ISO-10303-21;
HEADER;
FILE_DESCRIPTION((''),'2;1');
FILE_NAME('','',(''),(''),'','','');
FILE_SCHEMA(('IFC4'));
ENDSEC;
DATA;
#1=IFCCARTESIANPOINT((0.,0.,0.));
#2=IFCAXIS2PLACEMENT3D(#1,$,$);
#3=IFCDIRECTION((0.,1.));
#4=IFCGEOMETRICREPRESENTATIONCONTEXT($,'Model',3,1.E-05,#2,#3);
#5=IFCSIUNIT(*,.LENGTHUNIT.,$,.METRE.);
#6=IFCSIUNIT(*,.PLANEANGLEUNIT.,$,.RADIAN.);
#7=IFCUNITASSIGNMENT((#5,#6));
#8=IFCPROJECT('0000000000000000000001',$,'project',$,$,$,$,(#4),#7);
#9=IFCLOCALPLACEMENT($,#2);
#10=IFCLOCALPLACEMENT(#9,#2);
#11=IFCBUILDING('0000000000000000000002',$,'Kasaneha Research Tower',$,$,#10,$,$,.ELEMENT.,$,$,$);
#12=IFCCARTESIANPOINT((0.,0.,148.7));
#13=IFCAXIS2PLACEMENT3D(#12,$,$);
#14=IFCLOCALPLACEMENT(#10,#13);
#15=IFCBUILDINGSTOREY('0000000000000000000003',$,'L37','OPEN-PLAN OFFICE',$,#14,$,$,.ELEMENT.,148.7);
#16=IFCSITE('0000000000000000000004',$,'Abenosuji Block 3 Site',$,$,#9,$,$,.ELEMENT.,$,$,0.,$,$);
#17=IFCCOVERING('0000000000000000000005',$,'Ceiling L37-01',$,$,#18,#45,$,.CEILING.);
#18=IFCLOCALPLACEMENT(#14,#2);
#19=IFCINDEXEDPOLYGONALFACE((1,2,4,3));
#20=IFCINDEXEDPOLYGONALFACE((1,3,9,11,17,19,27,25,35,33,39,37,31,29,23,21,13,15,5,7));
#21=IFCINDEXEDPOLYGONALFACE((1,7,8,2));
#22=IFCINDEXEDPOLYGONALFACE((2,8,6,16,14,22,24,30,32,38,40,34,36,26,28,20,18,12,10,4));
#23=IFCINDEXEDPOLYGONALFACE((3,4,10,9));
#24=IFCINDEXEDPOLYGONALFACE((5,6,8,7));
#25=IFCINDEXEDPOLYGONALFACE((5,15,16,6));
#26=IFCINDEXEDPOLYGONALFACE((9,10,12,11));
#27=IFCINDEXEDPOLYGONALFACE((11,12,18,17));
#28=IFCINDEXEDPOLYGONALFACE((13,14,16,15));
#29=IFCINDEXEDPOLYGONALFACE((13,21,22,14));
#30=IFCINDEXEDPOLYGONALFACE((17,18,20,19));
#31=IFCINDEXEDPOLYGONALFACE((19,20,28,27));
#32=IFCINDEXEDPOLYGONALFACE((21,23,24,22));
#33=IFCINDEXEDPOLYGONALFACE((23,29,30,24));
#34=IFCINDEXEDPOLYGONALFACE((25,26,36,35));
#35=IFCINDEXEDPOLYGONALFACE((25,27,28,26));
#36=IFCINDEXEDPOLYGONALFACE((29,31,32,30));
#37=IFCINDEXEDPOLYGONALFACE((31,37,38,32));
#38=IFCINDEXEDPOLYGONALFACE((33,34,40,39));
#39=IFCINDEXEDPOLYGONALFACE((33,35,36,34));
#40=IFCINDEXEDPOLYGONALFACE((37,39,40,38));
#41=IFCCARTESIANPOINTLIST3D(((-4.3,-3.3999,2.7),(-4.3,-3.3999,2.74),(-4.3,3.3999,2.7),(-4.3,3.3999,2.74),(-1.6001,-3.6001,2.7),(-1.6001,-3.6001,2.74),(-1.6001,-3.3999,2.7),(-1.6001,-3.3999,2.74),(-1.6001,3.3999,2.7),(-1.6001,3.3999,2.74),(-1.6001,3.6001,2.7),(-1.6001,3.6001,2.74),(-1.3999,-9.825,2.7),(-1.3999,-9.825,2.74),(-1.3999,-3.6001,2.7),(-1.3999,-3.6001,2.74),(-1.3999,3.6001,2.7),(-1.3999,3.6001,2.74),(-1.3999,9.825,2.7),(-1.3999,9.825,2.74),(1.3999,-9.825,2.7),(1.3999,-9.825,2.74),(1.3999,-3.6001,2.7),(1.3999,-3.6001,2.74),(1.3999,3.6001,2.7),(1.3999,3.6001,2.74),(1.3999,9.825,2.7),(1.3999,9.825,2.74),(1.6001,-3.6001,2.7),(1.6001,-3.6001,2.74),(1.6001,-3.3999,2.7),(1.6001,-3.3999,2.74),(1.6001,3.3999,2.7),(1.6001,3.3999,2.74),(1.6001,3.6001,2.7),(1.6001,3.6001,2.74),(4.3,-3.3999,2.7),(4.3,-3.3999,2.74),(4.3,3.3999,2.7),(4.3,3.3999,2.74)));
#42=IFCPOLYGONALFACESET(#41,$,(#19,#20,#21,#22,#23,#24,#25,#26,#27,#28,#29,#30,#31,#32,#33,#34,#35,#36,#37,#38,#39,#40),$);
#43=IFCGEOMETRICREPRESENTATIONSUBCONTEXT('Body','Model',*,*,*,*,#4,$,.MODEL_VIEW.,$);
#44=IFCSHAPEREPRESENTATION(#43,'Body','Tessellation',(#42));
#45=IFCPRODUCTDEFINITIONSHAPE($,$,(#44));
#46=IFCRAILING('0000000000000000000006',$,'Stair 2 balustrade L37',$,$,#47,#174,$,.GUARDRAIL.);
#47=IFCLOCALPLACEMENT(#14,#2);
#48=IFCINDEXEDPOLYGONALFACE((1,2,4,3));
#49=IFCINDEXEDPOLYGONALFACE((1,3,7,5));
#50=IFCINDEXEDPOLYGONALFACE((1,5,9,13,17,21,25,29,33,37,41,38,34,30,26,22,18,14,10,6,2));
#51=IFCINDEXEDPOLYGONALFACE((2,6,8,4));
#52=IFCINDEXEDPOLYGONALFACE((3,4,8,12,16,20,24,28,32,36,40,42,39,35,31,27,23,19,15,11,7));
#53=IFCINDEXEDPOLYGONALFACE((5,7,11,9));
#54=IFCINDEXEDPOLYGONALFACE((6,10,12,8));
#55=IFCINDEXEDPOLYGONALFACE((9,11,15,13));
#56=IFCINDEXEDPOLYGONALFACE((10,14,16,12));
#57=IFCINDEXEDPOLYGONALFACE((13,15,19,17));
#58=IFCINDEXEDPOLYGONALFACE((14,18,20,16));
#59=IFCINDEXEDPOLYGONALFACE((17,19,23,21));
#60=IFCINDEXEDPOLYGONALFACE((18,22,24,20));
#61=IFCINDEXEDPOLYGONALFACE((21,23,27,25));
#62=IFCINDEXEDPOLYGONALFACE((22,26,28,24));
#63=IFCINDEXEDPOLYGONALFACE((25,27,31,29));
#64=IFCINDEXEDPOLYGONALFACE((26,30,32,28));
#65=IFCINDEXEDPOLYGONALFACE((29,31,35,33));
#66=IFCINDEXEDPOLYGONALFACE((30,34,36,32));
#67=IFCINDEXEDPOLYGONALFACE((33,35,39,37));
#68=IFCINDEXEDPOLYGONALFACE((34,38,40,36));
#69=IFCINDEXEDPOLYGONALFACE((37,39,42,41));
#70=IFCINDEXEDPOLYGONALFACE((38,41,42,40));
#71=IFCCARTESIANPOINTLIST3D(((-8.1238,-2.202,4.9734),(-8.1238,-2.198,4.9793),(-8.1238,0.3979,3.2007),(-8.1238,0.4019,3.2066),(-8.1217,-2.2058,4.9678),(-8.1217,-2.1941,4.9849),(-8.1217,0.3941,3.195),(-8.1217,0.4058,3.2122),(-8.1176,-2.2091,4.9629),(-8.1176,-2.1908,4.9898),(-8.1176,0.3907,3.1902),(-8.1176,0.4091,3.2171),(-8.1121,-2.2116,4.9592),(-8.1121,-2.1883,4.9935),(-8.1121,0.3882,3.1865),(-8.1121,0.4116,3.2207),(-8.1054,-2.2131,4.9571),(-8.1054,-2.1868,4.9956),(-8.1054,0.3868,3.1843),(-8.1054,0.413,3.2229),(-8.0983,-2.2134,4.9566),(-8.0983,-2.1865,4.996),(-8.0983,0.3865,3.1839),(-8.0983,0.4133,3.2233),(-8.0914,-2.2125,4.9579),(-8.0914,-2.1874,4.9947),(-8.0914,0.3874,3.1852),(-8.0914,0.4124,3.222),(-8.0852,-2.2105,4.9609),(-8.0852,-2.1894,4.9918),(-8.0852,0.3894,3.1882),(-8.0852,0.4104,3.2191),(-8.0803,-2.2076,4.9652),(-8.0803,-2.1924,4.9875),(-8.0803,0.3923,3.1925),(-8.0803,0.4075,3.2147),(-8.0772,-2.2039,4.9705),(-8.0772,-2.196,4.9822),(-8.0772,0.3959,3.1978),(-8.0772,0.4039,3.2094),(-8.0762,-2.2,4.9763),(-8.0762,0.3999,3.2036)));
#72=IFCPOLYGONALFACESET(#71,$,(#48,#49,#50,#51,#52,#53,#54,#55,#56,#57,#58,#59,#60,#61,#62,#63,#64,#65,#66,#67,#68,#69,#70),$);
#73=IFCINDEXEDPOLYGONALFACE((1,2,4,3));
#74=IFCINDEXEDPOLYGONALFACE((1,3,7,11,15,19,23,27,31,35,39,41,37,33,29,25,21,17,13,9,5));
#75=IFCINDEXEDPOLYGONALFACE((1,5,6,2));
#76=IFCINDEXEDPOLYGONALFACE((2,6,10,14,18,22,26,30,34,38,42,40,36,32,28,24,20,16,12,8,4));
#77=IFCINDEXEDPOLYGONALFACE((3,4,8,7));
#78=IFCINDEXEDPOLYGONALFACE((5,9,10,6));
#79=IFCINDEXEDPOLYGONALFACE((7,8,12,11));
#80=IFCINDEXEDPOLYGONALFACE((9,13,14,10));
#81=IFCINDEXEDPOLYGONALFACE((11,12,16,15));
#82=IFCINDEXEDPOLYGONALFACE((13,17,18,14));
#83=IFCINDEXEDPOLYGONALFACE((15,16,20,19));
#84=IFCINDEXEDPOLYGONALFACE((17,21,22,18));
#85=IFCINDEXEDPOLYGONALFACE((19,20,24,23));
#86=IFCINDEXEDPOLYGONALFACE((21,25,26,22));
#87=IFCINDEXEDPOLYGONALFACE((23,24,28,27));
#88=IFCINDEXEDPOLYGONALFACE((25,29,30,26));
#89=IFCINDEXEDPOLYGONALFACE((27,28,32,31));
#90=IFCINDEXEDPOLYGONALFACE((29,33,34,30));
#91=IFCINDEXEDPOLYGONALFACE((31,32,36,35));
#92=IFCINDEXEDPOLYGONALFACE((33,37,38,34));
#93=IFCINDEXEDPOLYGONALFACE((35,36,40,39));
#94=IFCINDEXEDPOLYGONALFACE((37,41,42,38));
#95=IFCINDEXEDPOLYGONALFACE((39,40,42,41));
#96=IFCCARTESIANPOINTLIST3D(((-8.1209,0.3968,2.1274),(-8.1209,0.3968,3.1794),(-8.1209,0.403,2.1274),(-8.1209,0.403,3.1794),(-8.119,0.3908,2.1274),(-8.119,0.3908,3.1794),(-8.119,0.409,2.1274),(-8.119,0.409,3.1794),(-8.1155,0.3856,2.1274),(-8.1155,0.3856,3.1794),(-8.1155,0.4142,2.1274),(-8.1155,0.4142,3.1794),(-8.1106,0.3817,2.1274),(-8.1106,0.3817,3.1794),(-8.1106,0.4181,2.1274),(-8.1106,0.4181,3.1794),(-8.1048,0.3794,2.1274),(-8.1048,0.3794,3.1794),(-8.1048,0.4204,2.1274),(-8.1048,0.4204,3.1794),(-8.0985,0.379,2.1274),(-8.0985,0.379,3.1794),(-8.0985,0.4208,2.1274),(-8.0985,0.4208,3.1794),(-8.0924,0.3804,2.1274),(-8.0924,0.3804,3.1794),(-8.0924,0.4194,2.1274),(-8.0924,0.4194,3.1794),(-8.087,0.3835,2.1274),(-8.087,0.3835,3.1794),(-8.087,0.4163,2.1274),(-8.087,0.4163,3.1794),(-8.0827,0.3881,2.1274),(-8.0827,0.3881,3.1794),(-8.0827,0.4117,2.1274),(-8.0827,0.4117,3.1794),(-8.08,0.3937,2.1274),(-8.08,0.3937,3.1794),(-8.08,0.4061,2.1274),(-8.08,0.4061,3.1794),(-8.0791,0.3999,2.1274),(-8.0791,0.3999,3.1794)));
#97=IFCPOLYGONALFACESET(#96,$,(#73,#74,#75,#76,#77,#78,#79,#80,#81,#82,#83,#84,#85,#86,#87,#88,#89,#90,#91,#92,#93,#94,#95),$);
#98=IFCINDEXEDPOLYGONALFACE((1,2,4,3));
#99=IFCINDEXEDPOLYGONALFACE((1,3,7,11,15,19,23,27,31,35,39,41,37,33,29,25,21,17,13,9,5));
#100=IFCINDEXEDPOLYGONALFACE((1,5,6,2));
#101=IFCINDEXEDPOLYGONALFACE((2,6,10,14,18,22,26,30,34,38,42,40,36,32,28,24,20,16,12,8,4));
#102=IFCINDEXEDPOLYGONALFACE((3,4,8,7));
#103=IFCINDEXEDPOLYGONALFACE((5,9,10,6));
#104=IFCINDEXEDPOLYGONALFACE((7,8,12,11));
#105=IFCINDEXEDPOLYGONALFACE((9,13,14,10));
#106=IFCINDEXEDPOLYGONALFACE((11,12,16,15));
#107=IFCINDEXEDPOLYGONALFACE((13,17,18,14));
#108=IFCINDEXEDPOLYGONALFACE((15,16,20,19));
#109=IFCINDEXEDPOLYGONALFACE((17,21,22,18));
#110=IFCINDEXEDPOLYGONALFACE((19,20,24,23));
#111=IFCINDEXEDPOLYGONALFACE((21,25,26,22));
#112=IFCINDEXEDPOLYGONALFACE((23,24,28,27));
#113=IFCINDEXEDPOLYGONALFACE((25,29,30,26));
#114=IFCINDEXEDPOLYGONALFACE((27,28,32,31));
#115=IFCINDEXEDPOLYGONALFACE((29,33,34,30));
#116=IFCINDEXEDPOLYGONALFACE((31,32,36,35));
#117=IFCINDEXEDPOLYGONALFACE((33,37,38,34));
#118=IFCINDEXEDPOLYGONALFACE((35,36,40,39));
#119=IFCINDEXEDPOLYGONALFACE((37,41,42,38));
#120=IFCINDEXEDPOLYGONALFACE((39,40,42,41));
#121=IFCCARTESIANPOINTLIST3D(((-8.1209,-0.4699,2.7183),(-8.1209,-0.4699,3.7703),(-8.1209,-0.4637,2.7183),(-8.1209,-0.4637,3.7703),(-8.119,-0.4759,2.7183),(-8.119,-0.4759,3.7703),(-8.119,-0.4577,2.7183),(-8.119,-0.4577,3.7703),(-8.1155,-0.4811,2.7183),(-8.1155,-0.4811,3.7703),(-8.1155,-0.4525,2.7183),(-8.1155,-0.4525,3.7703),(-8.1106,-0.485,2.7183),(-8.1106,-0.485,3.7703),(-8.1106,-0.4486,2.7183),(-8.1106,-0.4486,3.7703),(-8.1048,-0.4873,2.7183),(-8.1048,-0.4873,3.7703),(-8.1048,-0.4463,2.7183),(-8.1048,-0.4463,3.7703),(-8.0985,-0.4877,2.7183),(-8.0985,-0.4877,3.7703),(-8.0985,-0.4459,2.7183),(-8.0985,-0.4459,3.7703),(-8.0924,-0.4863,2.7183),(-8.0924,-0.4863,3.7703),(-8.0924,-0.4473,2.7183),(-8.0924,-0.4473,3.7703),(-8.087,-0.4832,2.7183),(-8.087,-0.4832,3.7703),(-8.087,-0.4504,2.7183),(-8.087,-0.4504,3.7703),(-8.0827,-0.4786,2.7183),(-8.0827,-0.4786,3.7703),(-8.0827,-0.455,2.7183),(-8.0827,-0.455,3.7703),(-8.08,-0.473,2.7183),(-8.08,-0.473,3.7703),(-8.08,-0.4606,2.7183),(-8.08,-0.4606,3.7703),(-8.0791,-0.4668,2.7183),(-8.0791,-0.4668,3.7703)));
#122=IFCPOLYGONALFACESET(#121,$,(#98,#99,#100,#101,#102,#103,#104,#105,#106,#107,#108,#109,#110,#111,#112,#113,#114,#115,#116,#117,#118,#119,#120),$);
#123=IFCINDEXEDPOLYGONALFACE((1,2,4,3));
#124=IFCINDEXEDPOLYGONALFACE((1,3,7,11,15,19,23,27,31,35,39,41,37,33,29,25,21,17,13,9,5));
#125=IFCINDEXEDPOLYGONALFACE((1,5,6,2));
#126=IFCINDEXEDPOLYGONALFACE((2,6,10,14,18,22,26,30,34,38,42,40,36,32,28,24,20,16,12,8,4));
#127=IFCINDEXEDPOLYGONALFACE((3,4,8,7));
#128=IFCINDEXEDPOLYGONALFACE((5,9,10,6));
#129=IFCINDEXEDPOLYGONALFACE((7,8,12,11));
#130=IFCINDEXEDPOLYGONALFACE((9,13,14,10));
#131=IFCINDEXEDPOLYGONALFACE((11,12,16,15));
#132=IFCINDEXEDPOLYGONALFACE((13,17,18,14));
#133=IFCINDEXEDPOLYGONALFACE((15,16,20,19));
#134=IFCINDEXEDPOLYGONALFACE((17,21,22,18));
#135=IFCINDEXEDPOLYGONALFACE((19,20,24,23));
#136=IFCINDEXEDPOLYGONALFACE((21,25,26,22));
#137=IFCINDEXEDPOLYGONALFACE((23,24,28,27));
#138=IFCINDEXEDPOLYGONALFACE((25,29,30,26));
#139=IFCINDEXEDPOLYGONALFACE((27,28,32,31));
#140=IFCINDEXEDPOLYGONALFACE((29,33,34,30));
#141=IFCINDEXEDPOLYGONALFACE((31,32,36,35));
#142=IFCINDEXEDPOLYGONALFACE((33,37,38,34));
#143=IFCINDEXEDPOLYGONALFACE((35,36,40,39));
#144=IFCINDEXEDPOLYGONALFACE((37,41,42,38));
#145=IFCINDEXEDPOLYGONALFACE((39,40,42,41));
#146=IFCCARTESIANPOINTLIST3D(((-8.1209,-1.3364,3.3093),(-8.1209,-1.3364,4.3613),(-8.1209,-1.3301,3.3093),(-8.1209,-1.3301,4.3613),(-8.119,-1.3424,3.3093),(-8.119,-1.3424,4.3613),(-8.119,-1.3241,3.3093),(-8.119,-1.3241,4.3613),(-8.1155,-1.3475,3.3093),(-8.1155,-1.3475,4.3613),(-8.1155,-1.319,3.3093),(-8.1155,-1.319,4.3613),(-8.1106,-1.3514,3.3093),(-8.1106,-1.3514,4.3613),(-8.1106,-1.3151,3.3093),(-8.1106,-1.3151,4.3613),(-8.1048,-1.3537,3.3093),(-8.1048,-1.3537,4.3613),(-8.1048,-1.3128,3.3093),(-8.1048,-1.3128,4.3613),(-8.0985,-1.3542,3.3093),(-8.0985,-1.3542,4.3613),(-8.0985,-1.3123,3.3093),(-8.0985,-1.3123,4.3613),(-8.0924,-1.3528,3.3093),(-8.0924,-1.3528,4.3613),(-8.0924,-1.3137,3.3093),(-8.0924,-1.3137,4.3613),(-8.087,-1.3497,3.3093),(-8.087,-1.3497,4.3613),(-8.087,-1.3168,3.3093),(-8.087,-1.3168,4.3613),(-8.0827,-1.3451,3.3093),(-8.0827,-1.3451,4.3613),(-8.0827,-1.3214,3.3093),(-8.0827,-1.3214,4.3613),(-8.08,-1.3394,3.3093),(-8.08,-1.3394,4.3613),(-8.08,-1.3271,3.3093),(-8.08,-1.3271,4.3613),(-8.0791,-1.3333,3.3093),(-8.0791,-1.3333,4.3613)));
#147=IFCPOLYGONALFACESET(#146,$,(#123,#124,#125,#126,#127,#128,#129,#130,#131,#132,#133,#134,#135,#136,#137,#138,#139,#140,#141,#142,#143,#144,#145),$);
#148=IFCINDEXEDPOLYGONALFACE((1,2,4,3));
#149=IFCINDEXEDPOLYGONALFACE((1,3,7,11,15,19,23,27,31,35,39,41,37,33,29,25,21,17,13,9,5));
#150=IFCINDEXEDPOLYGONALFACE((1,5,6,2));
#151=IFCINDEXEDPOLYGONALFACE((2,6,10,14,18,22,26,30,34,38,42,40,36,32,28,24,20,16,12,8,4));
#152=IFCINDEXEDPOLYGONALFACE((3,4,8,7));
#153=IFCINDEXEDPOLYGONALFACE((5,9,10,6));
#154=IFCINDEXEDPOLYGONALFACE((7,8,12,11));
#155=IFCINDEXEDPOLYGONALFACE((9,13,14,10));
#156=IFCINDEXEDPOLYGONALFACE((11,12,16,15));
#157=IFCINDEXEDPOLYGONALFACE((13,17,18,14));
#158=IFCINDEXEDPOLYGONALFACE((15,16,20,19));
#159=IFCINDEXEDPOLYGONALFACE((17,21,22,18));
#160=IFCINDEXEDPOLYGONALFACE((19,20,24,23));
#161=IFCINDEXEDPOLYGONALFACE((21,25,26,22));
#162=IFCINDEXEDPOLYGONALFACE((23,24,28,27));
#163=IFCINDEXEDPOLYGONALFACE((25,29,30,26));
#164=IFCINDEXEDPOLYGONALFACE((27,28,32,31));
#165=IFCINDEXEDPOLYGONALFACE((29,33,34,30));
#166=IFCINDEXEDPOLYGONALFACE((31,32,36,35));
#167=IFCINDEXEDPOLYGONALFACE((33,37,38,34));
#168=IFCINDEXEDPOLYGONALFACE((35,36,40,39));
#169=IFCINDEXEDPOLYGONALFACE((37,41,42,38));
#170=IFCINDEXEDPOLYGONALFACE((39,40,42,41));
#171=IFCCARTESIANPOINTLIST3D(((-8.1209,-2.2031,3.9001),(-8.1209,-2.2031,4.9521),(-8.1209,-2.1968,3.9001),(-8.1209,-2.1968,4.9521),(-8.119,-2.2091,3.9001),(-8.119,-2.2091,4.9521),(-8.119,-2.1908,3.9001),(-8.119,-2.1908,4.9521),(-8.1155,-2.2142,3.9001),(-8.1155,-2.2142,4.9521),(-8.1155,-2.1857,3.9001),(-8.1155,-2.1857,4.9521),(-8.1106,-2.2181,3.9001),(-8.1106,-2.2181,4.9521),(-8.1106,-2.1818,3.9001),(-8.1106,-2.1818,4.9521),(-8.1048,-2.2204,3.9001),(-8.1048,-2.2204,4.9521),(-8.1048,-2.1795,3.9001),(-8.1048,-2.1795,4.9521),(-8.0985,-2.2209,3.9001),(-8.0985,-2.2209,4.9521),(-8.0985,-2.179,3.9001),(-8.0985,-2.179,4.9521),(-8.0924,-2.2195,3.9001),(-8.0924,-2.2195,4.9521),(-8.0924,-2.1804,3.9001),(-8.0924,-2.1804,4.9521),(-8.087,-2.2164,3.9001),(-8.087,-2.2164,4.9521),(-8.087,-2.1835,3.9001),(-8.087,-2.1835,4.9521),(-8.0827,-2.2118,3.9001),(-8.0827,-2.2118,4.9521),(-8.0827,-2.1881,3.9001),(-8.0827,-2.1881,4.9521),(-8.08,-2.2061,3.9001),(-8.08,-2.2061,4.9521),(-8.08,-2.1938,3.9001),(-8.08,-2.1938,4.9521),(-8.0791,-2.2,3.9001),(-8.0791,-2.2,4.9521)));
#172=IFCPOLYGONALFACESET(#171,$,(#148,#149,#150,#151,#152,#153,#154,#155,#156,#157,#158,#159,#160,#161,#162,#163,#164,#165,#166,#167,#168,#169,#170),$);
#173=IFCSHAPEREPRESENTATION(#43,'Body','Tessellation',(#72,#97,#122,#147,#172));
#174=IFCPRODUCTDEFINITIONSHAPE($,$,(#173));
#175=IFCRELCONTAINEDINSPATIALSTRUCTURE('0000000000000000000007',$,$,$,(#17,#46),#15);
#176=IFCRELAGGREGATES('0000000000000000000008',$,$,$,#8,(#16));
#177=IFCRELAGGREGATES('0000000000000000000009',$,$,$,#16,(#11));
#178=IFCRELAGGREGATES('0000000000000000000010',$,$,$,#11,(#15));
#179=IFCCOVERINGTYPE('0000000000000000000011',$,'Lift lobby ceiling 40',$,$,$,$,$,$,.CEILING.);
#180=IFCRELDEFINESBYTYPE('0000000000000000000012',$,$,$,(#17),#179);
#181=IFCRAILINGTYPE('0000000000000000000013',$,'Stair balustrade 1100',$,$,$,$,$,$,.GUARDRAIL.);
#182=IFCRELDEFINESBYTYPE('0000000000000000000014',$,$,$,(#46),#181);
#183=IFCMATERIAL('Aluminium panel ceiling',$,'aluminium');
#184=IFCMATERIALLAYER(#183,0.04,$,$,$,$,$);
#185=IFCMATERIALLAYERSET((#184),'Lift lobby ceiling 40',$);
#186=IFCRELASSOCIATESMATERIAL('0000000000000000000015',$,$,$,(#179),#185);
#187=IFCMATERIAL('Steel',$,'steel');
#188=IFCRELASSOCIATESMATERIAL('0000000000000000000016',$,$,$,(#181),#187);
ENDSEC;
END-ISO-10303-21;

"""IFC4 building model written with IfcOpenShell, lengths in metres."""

from ifc_helpers import new_model, si_unit, direction, frame, origin, origin_2d, place, context, subcontext, project, spatial, polyline, circle, outline, extrude, material, layer, layer_set, type_object, element, save


model = new_model("IFC4")

# Units and contexts
model_context = context("Model", 3, precision=1e-05, world=origin(), true_north=direction((0.0, 1.0)))
body_context = subcontext(model_context, "Body", "Model", "MODEL_VIEW")
ifc_project = project(units=[si_unit("LENGTHUNIT", "METRE"), si_unit("PLANEANGLEUNIT", "RADIAN")], contexts=[model_context])

# Site, building, storey
site_placement = place(None, origin())
site = spatial("IfcSite", under=ifc_project, at=site_placement, Name="Abenosuji Block 3 Site", CompositionType="ELEMENT", RefElevation=0.0)
building_placement = place(site_placement, origin())
building = spatial("IfcBuilding", under=site, at=building_placement, Name="Kasaneha Research Tower", CompositionType="ELEMENT")
storey_placement = place(building_placement, frame((0.0, 0.0, 148.7)))
storey = spatial("IfcBuildingStorey", under=building, at=storey_placement, Name="L37", Description="OPEN-PLAN OFFICE", CompositionType="ELEMENT", Elevation=148.7)

# Covering
ifc_material_1 = material(Name="Aluminium panel ceiling", Category="aluminium")
ifc_layer_1 = layer(ifc_material_1, 0.04)
ifc_layer_set_1 = layer_set([ifc_layer_1], Name="Lift lobby ceiling 40")
covering_type_1 = type_object("IfcCoveringType", Name="Lift lobby ceiling 40", PredefinedType="CEILING", material=ifc_layer_set_1)
covering_1_placement = place(storey_placement, frame((0.0, 0.0, 2.7)))
element("IfcCovering", 1, at=covering_1_placement, inside=storey, type_object=covering_type_1, Name="Ceiling L37-01", PredefinedType="CEILING", context=body_context, shape_type="SweptSolid", body=[
    extrude(outline(polyline([(1.3999, 9.825), (1.3999, 3.6001), (1.6001, 3.6001), (1.6001, 3.3999), (4.3, 3.3999), (4.3, -3.3999), (1.6001, -3.3999), (1.6001, -3.6001), (1.3999, -3.6001), (1.3999, -9.825), (-1.3999, -9.825), (-1.3999, -3.6001), (-1.6001, -3.6001), (-1.6001, -3.3999), (-4.3, -3.3999), (-4.3, 3.3999), (-1.6001, 3.3999), (-1.6001, 3.6001), (-1.3999, 3.6001), (-1.3999, 9.825), (1.3999, 9.825)])), origin(), (0.0, 0.0, 1.0), 0.04),
])

# Railing
ifc_material_2 = material(Name="Steel", Category="steel")
railing_type_1 = type_object("IfcRailingType", Name="Stair balustrade 1100", PredefinedType="GUARDRAIL", material=ifc_material_2)
railing_1_placement = place(storey_placement, frame((-8.1001, 0.3999, 2.1274)))
element("IfcRailing", 2, at=railing_1_placement, inside=storey, type_object=railing_type_1, Name="Stair 2 balustrade L37", PredefinedType="GUARDRAIL", context=body_context, shape_type="SweptSolid", body=[
    extrude(circle(Radius=0.0239, at=origin_2d()), frame((0.0, 0.0, 1.0762), z_axis=(0.0, -0.826216, 0.563354), x_axis=(1.0, 0.0, 0.0)), (0.0, 0.0, 1.0), 3.1467),
    extrude(circle(Radius=0.021, at=origin_2d()), origin(), (0.0, 0.0, 1.0), 1.052),
    extrude(circle(Radius=0.021, at=origin_2d()), frame((0.0, -0.8667, 0.5908)), (0.0, 0.0, 1.0), 1.052),
    extrude(circle(Radius=0.021, at=origin_2d()), frame((0.0, -1.7332, 1.1819)), (0.0, 0.0, 1.0), 1.052),
    extrude(circle(Radius=0.021, at=origin_2d()), frame((0.0, -2.5999, 1.7727)), (0.0, 0.0, 1.0), 1.052),
])

save(model, "model.ifc")
